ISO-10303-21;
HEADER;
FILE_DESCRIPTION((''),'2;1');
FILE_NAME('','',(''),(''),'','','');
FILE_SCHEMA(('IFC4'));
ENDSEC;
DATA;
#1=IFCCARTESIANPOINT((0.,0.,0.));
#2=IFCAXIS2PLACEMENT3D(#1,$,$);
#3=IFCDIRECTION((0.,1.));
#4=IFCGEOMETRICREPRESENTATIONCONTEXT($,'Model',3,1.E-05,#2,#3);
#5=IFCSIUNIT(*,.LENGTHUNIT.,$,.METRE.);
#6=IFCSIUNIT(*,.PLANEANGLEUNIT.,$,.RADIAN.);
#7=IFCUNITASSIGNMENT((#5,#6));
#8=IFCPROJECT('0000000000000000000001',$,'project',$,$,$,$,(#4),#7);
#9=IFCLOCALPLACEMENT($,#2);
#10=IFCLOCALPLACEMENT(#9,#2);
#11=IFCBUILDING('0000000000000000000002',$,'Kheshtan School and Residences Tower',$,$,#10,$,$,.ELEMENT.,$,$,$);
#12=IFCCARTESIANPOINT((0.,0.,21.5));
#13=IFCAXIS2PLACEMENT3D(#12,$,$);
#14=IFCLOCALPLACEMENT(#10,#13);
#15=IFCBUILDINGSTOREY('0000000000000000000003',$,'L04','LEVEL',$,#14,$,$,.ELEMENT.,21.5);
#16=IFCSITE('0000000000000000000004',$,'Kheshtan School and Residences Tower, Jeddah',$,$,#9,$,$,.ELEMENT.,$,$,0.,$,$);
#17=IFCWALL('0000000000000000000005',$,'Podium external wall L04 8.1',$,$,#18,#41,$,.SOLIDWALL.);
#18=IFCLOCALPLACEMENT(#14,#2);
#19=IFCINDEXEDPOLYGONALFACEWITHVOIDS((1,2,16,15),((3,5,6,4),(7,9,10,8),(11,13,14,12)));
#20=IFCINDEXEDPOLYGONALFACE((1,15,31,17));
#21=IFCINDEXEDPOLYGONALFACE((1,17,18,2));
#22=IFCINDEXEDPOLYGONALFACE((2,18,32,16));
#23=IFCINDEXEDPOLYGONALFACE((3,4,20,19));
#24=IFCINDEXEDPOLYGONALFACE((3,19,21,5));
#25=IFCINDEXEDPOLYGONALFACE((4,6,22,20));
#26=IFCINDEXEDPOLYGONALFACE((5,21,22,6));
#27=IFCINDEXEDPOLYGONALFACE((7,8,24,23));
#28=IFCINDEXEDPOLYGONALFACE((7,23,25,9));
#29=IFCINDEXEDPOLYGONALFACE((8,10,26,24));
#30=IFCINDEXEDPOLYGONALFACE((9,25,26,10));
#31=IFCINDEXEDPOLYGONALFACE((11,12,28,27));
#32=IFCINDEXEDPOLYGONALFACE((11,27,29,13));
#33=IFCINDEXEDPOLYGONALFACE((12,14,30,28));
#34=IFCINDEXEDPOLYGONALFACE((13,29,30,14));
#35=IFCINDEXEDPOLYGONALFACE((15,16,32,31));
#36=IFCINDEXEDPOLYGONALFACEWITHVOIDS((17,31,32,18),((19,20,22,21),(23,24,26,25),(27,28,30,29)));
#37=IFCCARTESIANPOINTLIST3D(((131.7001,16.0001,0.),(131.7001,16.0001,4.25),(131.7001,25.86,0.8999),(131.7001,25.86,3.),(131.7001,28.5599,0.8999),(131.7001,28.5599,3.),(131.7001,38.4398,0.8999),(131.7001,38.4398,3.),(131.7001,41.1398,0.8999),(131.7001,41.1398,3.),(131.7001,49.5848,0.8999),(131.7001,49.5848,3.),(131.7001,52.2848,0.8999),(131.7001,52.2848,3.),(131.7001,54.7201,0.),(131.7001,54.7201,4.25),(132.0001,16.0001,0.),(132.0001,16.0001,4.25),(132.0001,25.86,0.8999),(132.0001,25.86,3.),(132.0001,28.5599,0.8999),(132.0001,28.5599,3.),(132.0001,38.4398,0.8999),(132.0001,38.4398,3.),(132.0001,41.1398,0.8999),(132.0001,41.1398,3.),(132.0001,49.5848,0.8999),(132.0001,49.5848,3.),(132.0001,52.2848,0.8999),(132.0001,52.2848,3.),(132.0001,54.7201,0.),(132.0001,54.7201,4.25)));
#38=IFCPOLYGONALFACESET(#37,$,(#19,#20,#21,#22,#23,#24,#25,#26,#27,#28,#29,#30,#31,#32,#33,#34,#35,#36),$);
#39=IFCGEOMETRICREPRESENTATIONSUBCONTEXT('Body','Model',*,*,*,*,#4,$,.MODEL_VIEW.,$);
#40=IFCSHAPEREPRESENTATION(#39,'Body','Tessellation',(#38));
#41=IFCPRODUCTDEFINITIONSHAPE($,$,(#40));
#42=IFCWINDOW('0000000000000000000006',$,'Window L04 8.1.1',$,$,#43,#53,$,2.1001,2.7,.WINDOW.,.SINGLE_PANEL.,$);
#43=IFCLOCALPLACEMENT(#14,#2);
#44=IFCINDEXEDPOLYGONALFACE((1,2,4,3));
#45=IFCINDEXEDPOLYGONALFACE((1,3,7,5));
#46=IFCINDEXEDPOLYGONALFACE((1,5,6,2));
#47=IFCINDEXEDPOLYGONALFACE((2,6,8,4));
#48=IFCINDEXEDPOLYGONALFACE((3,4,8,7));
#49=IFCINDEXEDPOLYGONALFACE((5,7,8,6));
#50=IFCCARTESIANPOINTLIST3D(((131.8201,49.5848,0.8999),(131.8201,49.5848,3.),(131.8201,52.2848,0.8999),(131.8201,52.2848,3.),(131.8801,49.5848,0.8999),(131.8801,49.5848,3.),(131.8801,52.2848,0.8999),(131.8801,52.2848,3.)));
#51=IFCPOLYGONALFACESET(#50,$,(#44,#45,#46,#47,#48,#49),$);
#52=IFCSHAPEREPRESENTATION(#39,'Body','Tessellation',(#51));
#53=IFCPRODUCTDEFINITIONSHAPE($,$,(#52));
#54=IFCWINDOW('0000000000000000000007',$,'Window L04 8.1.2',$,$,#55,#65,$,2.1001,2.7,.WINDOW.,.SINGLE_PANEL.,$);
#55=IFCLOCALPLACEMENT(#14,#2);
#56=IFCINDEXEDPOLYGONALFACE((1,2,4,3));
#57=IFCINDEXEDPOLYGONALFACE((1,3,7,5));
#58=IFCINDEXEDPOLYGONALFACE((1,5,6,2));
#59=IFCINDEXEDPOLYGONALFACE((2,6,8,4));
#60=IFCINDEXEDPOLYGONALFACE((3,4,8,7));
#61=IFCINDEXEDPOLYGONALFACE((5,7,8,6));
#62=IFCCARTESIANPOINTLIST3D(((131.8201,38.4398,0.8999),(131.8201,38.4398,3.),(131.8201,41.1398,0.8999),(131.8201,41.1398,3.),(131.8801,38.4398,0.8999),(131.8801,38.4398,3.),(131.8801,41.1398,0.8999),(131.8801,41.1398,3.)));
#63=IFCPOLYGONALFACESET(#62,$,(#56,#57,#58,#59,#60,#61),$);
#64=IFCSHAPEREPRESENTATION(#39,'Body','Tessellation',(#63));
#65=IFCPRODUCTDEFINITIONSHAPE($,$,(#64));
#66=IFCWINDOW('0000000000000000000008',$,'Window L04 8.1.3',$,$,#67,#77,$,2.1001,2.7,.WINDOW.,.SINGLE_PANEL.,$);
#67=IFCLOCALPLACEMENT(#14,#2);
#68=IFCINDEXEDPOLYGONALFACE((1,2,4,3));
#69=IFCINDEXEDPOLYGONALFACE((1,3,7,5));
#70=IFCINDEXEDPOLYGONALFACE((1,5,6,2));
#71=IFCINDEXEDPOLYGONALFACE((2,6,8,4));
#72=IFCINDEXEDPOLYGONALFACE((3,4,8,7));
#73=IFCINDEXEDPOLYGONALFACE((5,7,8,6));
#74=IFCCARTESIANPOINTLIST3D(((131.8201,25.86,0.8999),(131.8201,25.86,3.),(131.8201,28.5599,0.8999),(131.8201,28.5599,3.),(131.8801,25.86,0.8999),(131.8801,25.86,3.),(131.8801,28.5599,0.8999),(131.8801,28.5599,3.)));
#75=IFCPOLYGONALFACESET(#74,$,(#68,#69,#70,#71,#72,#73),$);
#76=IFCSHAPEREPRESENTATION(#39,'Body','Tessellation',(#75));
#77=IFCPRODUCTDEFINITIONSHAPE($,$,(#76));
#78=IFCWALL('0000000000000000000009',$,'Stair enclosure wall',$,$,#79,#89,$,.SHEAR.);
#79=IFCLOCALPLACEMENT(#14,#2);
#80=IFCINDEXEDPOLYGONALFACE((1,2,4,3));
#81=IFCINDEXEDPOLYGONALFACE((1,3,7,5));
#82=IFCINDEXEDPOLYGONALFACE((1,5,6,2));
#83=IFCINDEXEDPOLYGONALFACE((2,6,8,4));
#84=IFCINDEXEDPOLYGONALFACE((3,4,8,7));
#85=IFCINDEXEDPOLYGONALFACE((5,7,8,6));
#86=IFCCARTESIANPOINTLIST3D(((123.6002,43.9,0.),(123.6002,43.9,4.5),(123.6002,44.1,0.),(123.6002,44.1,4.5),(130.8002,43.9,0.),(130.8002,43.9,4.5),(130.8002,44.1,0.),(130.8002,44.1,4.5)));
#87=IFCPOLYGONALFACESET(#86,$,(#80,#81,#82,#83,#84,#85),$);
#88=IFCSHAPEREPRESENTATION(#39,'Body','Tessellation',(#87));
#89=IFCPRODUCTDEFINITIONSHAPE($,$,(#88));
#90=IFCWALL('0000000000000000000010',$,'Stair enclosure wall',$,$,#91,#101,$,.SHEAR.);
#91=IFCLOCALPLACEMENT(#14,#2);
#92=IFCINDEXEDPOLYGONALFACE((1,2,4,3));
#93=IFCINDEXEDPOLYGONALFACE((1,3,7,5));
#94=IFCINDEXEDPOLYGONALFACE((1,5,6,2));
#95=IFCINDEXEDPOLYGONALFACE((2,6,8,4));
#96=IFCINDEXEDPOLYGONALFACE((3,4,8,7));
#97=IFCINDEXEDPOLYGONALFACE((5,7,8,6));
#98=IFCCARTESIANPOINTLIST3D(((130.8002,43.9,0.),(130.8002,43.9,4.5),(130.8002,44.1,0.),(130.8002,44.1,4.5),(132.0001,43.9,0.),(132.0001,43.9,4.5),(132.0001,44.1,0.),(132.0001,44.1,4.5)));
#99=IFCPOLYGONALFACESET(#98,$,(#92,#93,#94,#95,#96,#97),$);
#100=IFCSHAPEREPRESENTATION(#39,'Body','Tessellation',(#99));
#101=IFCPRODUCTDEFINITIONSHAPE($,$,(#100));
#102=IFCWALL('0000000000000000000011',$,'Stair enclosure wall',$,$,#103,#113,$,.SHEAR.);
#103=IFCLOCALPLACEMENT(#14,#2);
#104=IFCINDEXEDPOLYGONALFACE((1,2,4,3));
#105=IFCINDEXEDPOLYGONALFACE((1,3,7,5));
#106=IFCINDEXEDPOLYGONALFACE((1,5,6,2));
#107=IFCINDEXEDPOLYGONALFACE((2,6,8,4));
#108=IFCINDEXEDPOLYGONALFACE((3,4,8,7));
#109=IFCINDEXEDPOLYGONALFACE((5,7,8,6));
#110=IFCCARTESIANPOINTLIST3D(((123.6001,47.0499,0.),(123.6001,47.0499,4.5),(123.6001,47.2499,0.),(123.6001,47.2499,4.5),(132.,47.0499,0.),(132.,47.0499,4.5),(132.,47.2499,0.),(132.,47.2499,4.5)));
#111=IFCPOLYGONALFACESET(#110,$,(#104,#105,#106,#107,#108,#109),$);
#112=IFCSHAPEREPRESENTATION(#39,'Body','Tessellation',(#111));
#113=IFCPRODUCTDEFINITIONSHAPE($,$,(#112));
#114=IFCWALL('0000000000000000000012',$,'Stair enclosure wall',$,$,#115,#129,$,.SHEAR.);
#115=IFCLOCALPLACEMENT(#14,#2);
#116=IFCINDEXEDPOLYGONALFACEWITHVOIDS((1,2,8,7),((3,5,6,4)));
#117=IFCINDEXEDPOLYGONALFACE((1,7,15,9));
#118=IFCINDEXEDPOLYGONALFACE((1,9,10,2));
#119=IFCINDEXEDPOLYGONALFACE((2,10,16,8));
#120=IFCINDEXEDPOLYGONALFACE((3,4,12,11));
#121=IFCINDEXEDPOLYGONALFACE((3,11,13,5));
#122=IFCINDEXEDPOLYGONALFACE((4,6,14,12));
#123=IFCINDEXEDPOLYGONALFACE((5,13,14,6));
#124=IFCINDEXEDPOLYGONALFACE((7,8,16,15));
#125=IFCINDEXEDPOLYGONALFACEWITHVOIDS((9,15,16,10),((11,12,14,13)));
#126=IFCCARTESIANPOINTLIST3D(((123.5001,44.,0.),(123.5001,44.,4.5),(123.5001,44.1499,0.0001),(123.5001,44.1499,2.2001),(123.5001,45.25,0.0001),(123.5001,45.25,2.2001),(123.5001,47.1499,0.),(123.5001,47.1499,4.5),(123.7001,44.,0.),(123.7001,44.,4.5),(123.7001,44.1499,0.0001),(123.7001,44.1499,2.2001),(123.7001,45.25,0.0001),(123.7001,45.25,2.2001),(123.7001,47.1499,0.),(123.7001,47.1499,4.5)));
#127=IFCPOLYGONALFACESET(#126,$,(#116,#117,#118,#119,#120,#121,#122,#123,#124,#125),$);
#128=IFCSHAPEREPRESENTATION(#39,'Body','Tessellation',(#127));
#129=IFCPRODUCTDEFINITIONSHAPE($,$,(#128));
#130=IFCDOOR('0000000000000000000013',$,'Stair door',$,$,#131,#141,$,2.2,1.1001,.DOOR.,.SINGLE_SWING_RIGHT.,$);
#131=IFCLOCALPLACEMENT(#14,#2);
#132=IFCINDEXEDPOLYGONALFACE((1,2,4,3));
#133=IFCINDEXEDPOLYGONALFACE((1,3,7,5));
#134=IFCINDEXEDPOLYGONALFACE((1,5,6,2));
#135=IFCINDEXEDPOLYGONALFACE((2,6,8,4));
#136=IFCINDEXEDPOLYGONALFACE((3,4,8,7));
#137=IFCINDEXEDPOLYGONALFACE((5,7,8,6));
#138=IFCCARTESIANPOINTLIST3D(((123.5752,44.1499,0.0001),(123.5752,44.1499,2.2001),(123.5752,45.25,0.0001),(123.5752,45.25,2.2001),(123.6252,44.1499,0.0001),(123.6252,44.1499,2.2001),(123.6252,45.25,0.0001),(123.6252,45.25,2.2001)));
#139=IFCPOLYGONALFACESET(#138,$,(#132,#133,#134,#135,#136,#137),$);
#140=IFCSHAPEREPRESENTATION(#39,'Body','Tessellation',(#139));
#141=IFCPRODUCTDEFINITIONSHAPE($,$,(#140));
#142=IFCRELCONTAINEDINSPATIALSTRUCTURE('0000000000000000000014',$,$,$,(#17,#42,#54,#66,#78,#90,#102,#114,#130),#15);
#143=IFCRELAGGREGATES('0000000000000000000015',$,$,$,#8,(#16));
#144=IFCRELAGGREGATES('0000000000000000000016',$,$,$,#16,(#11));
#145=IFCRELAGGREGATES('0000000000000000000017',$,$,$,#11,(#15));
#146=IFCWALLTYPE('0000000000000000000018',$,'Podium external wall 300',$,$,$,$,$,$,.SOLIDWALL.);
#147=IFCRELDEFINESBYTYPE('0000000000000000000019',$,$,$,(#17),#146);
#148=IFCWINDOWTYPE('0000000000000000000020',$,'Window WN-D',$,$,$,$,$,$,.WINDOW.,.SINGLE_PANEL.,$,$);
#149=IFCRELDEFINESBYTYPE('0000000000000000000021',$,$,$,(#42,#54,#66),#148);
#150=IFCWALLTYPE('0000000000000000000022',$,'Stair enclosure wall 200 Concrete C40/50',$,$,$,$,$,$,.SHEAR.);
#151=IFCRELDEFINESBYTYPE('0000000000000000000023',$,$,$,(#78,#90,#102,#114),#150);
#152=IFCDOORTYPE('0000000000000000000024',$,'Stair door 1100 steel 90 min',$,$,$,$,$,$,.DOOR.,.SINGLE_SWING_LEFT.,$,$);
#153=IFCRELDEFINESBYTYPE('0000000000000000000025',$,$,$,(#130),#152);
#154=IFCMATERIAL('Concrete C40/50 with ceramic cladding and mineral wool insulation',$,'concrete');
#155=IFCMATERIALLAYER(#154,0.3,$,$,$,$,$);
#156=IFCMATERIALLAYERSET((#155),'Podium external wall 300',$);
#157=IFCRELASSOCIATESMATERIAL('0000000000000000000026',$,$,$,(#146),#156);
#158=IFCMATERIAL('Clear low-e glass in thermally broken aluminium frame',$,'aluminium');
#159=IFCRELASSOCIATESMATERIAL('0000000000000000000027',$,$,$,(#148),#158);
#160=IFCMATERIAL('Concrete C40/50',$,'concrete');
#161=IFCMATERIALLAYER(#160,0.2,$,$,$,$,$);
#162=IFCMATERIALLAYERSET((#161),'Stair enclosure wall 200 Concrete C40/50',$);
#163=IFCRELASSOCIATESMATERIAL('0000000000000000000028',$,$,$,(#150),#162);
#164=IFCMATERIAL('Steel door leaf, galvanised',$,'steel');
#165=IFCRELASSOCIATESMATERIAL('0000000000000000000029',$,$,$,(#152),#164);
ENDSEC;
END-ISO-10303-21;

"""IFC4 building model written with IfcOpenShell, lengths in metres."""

from ifc_helpers import new_model, si_unit, direction, frame, frame_2d, origin, place, context, subcontext, project, spatial, rectangle, extrude, source, transform, mapped, material, layer, layer_set, type_object, element, fill, save


model = new_model("IFC4")

# Units and contexts
model_context = context("Model", 3, precision=1e-05, world=origin(), true_north=direction((0.0, 1.0)))
body_context = subcontext(model_context, "Body", "Model", "MODEL_VIEW")
ifc_project = project(units=[si_unit("LENGTHUNIT", "METRE"), si_unit("PLANEANGLEUNIT", "RADIAN")], contexts=[model_context])

# Site, building, storey
site_placement = place(None, origin())
site = spatial("IfcSite", under=ifc_project, at=site_placement, Name="Kheshtan School and Residences Tower, Jeddah", CompositionType="ELEMENT", RefElevation=0.0)
building_placement = place(site_placement, origin())
building = spatial("IfcBuilding", under=site, at=building_placement, Name="Kheshtan School and Residences Tower", CompositionType="ELEMENT")
storey_placement = place(building_placement, frame((0.0, 0.0, 21.5)))
storey = spatial("IfcBuildingStorey", under=building, at=storey_placement, Name="L04", Description="LEVEL", CompositionType="ELEMENT", Elevation=21.5)

# Wall, openings, windows
ifc_material_1 = material(Name="Concrete C40/50 with ceramic cladding and mineral wool insulation", Category="concrete")
ifc_layer_1 = layer(ifc_material_1, 0.3)
ifc_layer_set_1 = layer_set([ifc_layer_1], Name="Podium external wall 300")
wall_type_1 = type_object("IfcWallType", Name="Podium external wall 300", PredefinedType="SOLIDWALL", material=ifc_layer_set_1)
wall_1_placement = place(storey_placement, frame((131.8501, 54.72, 0.0), z_axis=(0.0, 0.0, 1.0), x_axis=(0.0, -1.0, 0.0)))
wall_1 = element("IfcWall", 1, at=wall_1_placement, inside=storey, type_object=wall_type_1, Name="Podium external wall L04 8.1", PredefinedType="SOLIDWALL", context=body_context, shape_type="SweptSolid", body=[
    extrude(rectangle(XDim=38.72, YDim=0.3, at=frame_2d((19.3599, 0.0))), origin(), (0.0, 0.0, 1.0), 4.25),
])
opening_1_placement = place(wall_1_placement, frame((2.4351, 0.0, 0.8999)))
opening_1 = element("IfcOpeningElement", 2, at=opening_1_placement, cuts=wall_1, PredefinedType="OPENING", context=body_context, shape_type="SweptSolid", body=[
    extrude(rectangle(XDim=2.7, YDim=2.1001, at=frame_2d((1.3501, 1.05))), frame((0.0, 0.1602, 0.0), z_axis=(0.0, -1.0, 0.0), x_axis=(1.0, 0.0, 0.0)), (0.0, 0.0, 1.0), 0.3201),
])
opening_2_placement = place(wall_1_placement, frame((13.5801, 0.0, 0.8999)))
opening_2 = element("IfcOpeningElement", 3, at=opening_2_placement, cuts=wall_1, PredefinedType="OPENING", context=body_context, shape_type="SweptSolid", body=[
    extrude(rectangle(XDim=2.7, YDim=2.1001, at=frame_2d((1.3501, 1.05))), frame((0.0, 0.1602, 0.0), z_axis=(0.0, -1.0, 0.0), x_axis=(1.0, 0.0, 0.0)), (0.0, 0.0, 1.0), 0.3201),
])
opening_3_placement = place(wall_1_placement, frame((26.1599, 0.0, 0.8999)))
opening_3 = element("IfcOpeningElement", 4, at=opening_3_placement, cuts=wall_1, PredefinedType="OPENING", context=body_context, shape_type="SweptSolid", body=[
    extrude(rectangle(XDim=2.7, YDim=2.1001, at=frame_2d((1.3501, 1.05))), frame((0.0, 0.1602, 0.0), z_axis=(0.0, -1.0, 0.0), x_axis=(1.0, 0.0, 0.0)), (0.0, 0.0, 1.0), 0.3201),
])
ifc_material_2 = material(Name="Clear low-e glass in thermally broken aluminium frame", Category="aluminium")
window_type = type_object("IfcWindowType", Name="Window WN-D", PartitioningType="SINGLE_PANEL", PredefinedType="WINDOW", material=ifc_material_2)
shared_shape_1 = source(origin(), body_context, "Body", "SweptSolid", [
    extrude(rectangle(XDim=2.7, YDim=2.1001, at=frame_2d((1.3501, 1.05))), frame((0.0, 0.03, 0.0), z_axis=(0.0, -1.0, 0.0), x_axis=(1.0, 0.0, 0.0)), (0.0, 0.0, 1.0), 0.0601),
])
window_1_placement = place(opening_1_placement, origin())
window_1 = element("IfcWindow", 5, at=window_1_placement, inside=storey, type_object=window_type, Name="Window L04 8.1.1", OverallHeight=2.1001, OverallWidth=2.7, PartitioningType="SINGLE_PANEL", PredefinedType="WINDOW", context=body_context, shape_type="MappedRepresentation", body=[
    mapped(shared_shape_1, transform((0.0, 0.0, 0.0), x_axis=(1.0, 0.0, 0.0), y_axis=(0.0, 1.0, 0.0), z_axis=(0.0, 0.0, 1.0), scale=1.0)),
])
fill(opening_1, window_1)
window_2_placement = place(opening_2_placement, origin())
window_2 = element("IfcWindow", 6, at=window_2_placement, inside=storey, type_object=window_type, Name="Window L04 8.1.2", OverallHeight=2.1001, OverallWidth=2.7, PartitioningType="SINGLE_PANEL", PredefinedType="WINDOW", context=body_context, shape_type="MappedRepresentation", body=[
    mapped(shared_shape_1, transform((0.0, 0.0, 0.0), x_axis=(1.0, 0.0, 0.0), y_axis=(0.0, 1.0, 0.0), z_axis=(0.0, 0.0, 1.0), scale=1.0)),
])
fill(opening_2, window_2)
window_3_placement = place(opening_3_placement, origin())
window_3 = element("IfcWindow", 7, at=window_3_placement, inside=storey, type_object=window_type, Name="Window L04 8.1.3", OverallHeight=2.1001, OverallWidth=2.7, PartitioningType="SINGLE_PANEL", PredefinedType="WINDOW", context=body_context, shape_type="MappedRepresentation", body=[
    mapped(shared_shape_1, transform((0.0, 0.0, 0.0), x_axis=(1.0, 0.0, 0.0), y_axis=(0.0, 1.0, 0.0), z_axis=(0.0, 0.0, 1.0), scale=1.0)),
])
fill(opening_3, window_3)

# Walls
ifc_material_3 = material(Name="Concrete C40/50", Category="concrete")
ifc_layer_2 = layer(ifc_material_3, 0.2)
ifc_layer_set_2 = layer_set([ifc_layer_2], Name="Stair enclosure wall 200 Concrete C40/50")
wall_type_2 = type_object("IfcWallType", Name="Stair enclosure wall 200 Concrete C40/50", PredefinedType="SHEAR", material=ifc_layer_set_2)
wall_2_placement = place(storey_placement, frame((123.6001, 44.0, 0.0), z_axis=(0.0, 0.0, 1.0), x_axis=(1.0, 0.0, 0.0)))
element("IfcWall", 8, at=wall_2_placement, inside=storey, type_object=wall_type_2, Name="Stair enclosure wall", PredefinedType="SHEAR", context=body_context, shape_type="SweptSolid", body=[
    extrude(rectangle(XDim=7.2, YDim=0.2, at=frame_2d((3.6001, 0.0))), origin(), (0.0, 0.0, 1.0), 4.5),
])
wall_3_placement = place(storey_placement, frame((130.8, 44.0, 0.0), z_axis=(0.0, 0.0, 1.0), x_axis=(1.0, 0.0, 0.0)))
element("IfcWall", 9, at=wall_3_placement, inside=storey, type_object=wall_type_2, Name="Stair enclosure wall", PredefinedType="SHEAR", context=body_context, shape_type="SweptSolid", body=[
    extrude(rectangle(XDim=1.2, YDim=0.2, at=frame_2d((0.6001, 0.0))), origin(), (0.0, 0.0, 1.0), 4.5),
])
wall_4_placement = place(storey_placement, frame((123.6001, 47.1499, 0.0), z_axis=(0.0, 0.0, 1.0), x_axis=(1.0, 0.0, 0.0)))
element("IfcWall", 10, at=wall_4_placement, inside=storey, type_object=wall_type_2, Name="Stair enclosure wall", PredefinedType="SHEAR", context=body_context, shape_type="SweptSolid", body=[
    extrude(rectangle(XDim=8.3999, YDim=0.2, at=frame_2d((4.2, 0.0))), origin(), (0.0, 0.0, 1.0), 4.5),
])

# Wall, opening, door
wall_5_placement = place(storey_placement, frame((123.6001, 44.0, 0.0), z_axis=(0.0, 0.0, 1.0), x_axis=(0.0, 1.0, 0.0)))
wall_5 = element("IfcWall", 11, at=wall_5_placement, inside=storey, type_object=wall_type_2, Name="Stair enclosure wall", PredefinedType="SHEAR", context=body_context, shape_type="SweptSolid", body=[
    extrude(rectangle(XDim=3.1499, YDim=0.2, at=frame_2d((1.575, 0.0))), origin(), (0.0, 0.0, 1.0), 4.5),
])
opening_4_placement = place(wall_5_placement, frame((0.1499, 0.0, 0.0)))
opening_4 = element("IfcOpeningElement", 12, at=opening_4_placement, cuts=wall_5, PredefinedType="OPENING", context=body_context, shape_type="SweptSolid", body=[
    extrude(rectangle(XDim=1.1001, YDim=2.2, at=frame_2d((0.55, 1.1001))), frame((0.0, 0.1099, 0.0), z_axis=(0.0, -1.0, 0.0), x_axis=(1.0, 0.0, 0.0)), (0.0, 0.0, 1.0), 0.22),
])
ifc_material_4 = material(Name="Steel door leaf, galvanised", Category="steel")
door_type_1 = type_object("IfcDoorType", Name="Stair door 1100 steel 90 min", OperationType="SINGLE_SWING_LEFT", PredefinedType="DOOR", material=ifc_material_4)
shared_shape_2 = source(origin(), body_context, "Body", "SweptSolid", [
    extrude(rectangle(XDim=1.1001, YDim=2.2, at=frame_2d((0.55, 1.1001))), frame((0.0, 0.0249, 0.0), z_axis=(0.0, -1.0, 0.0), x_axis=(1.0, 0.0, 0.0)), (0.0, 0.0, 1.0), 0.05),
])
door_1_placement = place(opening_4_placement, origin())
door_1 = element("IfcDoor", 13, at=door_1_placement, inside=storey, type_object=door_type_1, Name="Stair door", OperationType="SINGLE_SWING_RIGHT", OverallHeight=2.2, OverallWidth=1.1001, PredefinedType="DOOR", context=body_context, shape_type="MappedRepresentation", body=[
    mapped(shared_shape_2, transform((0.0, 0.0, 0.0), x_axis=(1.0, 0.0, 0.0), y_axis=(0.0, 1.0, 0.0), z_axis=(0.0, 0.0, 1.0), scale=1.0)),
])
fill(opening_4, door_1)

save(model, "model.ifc")
